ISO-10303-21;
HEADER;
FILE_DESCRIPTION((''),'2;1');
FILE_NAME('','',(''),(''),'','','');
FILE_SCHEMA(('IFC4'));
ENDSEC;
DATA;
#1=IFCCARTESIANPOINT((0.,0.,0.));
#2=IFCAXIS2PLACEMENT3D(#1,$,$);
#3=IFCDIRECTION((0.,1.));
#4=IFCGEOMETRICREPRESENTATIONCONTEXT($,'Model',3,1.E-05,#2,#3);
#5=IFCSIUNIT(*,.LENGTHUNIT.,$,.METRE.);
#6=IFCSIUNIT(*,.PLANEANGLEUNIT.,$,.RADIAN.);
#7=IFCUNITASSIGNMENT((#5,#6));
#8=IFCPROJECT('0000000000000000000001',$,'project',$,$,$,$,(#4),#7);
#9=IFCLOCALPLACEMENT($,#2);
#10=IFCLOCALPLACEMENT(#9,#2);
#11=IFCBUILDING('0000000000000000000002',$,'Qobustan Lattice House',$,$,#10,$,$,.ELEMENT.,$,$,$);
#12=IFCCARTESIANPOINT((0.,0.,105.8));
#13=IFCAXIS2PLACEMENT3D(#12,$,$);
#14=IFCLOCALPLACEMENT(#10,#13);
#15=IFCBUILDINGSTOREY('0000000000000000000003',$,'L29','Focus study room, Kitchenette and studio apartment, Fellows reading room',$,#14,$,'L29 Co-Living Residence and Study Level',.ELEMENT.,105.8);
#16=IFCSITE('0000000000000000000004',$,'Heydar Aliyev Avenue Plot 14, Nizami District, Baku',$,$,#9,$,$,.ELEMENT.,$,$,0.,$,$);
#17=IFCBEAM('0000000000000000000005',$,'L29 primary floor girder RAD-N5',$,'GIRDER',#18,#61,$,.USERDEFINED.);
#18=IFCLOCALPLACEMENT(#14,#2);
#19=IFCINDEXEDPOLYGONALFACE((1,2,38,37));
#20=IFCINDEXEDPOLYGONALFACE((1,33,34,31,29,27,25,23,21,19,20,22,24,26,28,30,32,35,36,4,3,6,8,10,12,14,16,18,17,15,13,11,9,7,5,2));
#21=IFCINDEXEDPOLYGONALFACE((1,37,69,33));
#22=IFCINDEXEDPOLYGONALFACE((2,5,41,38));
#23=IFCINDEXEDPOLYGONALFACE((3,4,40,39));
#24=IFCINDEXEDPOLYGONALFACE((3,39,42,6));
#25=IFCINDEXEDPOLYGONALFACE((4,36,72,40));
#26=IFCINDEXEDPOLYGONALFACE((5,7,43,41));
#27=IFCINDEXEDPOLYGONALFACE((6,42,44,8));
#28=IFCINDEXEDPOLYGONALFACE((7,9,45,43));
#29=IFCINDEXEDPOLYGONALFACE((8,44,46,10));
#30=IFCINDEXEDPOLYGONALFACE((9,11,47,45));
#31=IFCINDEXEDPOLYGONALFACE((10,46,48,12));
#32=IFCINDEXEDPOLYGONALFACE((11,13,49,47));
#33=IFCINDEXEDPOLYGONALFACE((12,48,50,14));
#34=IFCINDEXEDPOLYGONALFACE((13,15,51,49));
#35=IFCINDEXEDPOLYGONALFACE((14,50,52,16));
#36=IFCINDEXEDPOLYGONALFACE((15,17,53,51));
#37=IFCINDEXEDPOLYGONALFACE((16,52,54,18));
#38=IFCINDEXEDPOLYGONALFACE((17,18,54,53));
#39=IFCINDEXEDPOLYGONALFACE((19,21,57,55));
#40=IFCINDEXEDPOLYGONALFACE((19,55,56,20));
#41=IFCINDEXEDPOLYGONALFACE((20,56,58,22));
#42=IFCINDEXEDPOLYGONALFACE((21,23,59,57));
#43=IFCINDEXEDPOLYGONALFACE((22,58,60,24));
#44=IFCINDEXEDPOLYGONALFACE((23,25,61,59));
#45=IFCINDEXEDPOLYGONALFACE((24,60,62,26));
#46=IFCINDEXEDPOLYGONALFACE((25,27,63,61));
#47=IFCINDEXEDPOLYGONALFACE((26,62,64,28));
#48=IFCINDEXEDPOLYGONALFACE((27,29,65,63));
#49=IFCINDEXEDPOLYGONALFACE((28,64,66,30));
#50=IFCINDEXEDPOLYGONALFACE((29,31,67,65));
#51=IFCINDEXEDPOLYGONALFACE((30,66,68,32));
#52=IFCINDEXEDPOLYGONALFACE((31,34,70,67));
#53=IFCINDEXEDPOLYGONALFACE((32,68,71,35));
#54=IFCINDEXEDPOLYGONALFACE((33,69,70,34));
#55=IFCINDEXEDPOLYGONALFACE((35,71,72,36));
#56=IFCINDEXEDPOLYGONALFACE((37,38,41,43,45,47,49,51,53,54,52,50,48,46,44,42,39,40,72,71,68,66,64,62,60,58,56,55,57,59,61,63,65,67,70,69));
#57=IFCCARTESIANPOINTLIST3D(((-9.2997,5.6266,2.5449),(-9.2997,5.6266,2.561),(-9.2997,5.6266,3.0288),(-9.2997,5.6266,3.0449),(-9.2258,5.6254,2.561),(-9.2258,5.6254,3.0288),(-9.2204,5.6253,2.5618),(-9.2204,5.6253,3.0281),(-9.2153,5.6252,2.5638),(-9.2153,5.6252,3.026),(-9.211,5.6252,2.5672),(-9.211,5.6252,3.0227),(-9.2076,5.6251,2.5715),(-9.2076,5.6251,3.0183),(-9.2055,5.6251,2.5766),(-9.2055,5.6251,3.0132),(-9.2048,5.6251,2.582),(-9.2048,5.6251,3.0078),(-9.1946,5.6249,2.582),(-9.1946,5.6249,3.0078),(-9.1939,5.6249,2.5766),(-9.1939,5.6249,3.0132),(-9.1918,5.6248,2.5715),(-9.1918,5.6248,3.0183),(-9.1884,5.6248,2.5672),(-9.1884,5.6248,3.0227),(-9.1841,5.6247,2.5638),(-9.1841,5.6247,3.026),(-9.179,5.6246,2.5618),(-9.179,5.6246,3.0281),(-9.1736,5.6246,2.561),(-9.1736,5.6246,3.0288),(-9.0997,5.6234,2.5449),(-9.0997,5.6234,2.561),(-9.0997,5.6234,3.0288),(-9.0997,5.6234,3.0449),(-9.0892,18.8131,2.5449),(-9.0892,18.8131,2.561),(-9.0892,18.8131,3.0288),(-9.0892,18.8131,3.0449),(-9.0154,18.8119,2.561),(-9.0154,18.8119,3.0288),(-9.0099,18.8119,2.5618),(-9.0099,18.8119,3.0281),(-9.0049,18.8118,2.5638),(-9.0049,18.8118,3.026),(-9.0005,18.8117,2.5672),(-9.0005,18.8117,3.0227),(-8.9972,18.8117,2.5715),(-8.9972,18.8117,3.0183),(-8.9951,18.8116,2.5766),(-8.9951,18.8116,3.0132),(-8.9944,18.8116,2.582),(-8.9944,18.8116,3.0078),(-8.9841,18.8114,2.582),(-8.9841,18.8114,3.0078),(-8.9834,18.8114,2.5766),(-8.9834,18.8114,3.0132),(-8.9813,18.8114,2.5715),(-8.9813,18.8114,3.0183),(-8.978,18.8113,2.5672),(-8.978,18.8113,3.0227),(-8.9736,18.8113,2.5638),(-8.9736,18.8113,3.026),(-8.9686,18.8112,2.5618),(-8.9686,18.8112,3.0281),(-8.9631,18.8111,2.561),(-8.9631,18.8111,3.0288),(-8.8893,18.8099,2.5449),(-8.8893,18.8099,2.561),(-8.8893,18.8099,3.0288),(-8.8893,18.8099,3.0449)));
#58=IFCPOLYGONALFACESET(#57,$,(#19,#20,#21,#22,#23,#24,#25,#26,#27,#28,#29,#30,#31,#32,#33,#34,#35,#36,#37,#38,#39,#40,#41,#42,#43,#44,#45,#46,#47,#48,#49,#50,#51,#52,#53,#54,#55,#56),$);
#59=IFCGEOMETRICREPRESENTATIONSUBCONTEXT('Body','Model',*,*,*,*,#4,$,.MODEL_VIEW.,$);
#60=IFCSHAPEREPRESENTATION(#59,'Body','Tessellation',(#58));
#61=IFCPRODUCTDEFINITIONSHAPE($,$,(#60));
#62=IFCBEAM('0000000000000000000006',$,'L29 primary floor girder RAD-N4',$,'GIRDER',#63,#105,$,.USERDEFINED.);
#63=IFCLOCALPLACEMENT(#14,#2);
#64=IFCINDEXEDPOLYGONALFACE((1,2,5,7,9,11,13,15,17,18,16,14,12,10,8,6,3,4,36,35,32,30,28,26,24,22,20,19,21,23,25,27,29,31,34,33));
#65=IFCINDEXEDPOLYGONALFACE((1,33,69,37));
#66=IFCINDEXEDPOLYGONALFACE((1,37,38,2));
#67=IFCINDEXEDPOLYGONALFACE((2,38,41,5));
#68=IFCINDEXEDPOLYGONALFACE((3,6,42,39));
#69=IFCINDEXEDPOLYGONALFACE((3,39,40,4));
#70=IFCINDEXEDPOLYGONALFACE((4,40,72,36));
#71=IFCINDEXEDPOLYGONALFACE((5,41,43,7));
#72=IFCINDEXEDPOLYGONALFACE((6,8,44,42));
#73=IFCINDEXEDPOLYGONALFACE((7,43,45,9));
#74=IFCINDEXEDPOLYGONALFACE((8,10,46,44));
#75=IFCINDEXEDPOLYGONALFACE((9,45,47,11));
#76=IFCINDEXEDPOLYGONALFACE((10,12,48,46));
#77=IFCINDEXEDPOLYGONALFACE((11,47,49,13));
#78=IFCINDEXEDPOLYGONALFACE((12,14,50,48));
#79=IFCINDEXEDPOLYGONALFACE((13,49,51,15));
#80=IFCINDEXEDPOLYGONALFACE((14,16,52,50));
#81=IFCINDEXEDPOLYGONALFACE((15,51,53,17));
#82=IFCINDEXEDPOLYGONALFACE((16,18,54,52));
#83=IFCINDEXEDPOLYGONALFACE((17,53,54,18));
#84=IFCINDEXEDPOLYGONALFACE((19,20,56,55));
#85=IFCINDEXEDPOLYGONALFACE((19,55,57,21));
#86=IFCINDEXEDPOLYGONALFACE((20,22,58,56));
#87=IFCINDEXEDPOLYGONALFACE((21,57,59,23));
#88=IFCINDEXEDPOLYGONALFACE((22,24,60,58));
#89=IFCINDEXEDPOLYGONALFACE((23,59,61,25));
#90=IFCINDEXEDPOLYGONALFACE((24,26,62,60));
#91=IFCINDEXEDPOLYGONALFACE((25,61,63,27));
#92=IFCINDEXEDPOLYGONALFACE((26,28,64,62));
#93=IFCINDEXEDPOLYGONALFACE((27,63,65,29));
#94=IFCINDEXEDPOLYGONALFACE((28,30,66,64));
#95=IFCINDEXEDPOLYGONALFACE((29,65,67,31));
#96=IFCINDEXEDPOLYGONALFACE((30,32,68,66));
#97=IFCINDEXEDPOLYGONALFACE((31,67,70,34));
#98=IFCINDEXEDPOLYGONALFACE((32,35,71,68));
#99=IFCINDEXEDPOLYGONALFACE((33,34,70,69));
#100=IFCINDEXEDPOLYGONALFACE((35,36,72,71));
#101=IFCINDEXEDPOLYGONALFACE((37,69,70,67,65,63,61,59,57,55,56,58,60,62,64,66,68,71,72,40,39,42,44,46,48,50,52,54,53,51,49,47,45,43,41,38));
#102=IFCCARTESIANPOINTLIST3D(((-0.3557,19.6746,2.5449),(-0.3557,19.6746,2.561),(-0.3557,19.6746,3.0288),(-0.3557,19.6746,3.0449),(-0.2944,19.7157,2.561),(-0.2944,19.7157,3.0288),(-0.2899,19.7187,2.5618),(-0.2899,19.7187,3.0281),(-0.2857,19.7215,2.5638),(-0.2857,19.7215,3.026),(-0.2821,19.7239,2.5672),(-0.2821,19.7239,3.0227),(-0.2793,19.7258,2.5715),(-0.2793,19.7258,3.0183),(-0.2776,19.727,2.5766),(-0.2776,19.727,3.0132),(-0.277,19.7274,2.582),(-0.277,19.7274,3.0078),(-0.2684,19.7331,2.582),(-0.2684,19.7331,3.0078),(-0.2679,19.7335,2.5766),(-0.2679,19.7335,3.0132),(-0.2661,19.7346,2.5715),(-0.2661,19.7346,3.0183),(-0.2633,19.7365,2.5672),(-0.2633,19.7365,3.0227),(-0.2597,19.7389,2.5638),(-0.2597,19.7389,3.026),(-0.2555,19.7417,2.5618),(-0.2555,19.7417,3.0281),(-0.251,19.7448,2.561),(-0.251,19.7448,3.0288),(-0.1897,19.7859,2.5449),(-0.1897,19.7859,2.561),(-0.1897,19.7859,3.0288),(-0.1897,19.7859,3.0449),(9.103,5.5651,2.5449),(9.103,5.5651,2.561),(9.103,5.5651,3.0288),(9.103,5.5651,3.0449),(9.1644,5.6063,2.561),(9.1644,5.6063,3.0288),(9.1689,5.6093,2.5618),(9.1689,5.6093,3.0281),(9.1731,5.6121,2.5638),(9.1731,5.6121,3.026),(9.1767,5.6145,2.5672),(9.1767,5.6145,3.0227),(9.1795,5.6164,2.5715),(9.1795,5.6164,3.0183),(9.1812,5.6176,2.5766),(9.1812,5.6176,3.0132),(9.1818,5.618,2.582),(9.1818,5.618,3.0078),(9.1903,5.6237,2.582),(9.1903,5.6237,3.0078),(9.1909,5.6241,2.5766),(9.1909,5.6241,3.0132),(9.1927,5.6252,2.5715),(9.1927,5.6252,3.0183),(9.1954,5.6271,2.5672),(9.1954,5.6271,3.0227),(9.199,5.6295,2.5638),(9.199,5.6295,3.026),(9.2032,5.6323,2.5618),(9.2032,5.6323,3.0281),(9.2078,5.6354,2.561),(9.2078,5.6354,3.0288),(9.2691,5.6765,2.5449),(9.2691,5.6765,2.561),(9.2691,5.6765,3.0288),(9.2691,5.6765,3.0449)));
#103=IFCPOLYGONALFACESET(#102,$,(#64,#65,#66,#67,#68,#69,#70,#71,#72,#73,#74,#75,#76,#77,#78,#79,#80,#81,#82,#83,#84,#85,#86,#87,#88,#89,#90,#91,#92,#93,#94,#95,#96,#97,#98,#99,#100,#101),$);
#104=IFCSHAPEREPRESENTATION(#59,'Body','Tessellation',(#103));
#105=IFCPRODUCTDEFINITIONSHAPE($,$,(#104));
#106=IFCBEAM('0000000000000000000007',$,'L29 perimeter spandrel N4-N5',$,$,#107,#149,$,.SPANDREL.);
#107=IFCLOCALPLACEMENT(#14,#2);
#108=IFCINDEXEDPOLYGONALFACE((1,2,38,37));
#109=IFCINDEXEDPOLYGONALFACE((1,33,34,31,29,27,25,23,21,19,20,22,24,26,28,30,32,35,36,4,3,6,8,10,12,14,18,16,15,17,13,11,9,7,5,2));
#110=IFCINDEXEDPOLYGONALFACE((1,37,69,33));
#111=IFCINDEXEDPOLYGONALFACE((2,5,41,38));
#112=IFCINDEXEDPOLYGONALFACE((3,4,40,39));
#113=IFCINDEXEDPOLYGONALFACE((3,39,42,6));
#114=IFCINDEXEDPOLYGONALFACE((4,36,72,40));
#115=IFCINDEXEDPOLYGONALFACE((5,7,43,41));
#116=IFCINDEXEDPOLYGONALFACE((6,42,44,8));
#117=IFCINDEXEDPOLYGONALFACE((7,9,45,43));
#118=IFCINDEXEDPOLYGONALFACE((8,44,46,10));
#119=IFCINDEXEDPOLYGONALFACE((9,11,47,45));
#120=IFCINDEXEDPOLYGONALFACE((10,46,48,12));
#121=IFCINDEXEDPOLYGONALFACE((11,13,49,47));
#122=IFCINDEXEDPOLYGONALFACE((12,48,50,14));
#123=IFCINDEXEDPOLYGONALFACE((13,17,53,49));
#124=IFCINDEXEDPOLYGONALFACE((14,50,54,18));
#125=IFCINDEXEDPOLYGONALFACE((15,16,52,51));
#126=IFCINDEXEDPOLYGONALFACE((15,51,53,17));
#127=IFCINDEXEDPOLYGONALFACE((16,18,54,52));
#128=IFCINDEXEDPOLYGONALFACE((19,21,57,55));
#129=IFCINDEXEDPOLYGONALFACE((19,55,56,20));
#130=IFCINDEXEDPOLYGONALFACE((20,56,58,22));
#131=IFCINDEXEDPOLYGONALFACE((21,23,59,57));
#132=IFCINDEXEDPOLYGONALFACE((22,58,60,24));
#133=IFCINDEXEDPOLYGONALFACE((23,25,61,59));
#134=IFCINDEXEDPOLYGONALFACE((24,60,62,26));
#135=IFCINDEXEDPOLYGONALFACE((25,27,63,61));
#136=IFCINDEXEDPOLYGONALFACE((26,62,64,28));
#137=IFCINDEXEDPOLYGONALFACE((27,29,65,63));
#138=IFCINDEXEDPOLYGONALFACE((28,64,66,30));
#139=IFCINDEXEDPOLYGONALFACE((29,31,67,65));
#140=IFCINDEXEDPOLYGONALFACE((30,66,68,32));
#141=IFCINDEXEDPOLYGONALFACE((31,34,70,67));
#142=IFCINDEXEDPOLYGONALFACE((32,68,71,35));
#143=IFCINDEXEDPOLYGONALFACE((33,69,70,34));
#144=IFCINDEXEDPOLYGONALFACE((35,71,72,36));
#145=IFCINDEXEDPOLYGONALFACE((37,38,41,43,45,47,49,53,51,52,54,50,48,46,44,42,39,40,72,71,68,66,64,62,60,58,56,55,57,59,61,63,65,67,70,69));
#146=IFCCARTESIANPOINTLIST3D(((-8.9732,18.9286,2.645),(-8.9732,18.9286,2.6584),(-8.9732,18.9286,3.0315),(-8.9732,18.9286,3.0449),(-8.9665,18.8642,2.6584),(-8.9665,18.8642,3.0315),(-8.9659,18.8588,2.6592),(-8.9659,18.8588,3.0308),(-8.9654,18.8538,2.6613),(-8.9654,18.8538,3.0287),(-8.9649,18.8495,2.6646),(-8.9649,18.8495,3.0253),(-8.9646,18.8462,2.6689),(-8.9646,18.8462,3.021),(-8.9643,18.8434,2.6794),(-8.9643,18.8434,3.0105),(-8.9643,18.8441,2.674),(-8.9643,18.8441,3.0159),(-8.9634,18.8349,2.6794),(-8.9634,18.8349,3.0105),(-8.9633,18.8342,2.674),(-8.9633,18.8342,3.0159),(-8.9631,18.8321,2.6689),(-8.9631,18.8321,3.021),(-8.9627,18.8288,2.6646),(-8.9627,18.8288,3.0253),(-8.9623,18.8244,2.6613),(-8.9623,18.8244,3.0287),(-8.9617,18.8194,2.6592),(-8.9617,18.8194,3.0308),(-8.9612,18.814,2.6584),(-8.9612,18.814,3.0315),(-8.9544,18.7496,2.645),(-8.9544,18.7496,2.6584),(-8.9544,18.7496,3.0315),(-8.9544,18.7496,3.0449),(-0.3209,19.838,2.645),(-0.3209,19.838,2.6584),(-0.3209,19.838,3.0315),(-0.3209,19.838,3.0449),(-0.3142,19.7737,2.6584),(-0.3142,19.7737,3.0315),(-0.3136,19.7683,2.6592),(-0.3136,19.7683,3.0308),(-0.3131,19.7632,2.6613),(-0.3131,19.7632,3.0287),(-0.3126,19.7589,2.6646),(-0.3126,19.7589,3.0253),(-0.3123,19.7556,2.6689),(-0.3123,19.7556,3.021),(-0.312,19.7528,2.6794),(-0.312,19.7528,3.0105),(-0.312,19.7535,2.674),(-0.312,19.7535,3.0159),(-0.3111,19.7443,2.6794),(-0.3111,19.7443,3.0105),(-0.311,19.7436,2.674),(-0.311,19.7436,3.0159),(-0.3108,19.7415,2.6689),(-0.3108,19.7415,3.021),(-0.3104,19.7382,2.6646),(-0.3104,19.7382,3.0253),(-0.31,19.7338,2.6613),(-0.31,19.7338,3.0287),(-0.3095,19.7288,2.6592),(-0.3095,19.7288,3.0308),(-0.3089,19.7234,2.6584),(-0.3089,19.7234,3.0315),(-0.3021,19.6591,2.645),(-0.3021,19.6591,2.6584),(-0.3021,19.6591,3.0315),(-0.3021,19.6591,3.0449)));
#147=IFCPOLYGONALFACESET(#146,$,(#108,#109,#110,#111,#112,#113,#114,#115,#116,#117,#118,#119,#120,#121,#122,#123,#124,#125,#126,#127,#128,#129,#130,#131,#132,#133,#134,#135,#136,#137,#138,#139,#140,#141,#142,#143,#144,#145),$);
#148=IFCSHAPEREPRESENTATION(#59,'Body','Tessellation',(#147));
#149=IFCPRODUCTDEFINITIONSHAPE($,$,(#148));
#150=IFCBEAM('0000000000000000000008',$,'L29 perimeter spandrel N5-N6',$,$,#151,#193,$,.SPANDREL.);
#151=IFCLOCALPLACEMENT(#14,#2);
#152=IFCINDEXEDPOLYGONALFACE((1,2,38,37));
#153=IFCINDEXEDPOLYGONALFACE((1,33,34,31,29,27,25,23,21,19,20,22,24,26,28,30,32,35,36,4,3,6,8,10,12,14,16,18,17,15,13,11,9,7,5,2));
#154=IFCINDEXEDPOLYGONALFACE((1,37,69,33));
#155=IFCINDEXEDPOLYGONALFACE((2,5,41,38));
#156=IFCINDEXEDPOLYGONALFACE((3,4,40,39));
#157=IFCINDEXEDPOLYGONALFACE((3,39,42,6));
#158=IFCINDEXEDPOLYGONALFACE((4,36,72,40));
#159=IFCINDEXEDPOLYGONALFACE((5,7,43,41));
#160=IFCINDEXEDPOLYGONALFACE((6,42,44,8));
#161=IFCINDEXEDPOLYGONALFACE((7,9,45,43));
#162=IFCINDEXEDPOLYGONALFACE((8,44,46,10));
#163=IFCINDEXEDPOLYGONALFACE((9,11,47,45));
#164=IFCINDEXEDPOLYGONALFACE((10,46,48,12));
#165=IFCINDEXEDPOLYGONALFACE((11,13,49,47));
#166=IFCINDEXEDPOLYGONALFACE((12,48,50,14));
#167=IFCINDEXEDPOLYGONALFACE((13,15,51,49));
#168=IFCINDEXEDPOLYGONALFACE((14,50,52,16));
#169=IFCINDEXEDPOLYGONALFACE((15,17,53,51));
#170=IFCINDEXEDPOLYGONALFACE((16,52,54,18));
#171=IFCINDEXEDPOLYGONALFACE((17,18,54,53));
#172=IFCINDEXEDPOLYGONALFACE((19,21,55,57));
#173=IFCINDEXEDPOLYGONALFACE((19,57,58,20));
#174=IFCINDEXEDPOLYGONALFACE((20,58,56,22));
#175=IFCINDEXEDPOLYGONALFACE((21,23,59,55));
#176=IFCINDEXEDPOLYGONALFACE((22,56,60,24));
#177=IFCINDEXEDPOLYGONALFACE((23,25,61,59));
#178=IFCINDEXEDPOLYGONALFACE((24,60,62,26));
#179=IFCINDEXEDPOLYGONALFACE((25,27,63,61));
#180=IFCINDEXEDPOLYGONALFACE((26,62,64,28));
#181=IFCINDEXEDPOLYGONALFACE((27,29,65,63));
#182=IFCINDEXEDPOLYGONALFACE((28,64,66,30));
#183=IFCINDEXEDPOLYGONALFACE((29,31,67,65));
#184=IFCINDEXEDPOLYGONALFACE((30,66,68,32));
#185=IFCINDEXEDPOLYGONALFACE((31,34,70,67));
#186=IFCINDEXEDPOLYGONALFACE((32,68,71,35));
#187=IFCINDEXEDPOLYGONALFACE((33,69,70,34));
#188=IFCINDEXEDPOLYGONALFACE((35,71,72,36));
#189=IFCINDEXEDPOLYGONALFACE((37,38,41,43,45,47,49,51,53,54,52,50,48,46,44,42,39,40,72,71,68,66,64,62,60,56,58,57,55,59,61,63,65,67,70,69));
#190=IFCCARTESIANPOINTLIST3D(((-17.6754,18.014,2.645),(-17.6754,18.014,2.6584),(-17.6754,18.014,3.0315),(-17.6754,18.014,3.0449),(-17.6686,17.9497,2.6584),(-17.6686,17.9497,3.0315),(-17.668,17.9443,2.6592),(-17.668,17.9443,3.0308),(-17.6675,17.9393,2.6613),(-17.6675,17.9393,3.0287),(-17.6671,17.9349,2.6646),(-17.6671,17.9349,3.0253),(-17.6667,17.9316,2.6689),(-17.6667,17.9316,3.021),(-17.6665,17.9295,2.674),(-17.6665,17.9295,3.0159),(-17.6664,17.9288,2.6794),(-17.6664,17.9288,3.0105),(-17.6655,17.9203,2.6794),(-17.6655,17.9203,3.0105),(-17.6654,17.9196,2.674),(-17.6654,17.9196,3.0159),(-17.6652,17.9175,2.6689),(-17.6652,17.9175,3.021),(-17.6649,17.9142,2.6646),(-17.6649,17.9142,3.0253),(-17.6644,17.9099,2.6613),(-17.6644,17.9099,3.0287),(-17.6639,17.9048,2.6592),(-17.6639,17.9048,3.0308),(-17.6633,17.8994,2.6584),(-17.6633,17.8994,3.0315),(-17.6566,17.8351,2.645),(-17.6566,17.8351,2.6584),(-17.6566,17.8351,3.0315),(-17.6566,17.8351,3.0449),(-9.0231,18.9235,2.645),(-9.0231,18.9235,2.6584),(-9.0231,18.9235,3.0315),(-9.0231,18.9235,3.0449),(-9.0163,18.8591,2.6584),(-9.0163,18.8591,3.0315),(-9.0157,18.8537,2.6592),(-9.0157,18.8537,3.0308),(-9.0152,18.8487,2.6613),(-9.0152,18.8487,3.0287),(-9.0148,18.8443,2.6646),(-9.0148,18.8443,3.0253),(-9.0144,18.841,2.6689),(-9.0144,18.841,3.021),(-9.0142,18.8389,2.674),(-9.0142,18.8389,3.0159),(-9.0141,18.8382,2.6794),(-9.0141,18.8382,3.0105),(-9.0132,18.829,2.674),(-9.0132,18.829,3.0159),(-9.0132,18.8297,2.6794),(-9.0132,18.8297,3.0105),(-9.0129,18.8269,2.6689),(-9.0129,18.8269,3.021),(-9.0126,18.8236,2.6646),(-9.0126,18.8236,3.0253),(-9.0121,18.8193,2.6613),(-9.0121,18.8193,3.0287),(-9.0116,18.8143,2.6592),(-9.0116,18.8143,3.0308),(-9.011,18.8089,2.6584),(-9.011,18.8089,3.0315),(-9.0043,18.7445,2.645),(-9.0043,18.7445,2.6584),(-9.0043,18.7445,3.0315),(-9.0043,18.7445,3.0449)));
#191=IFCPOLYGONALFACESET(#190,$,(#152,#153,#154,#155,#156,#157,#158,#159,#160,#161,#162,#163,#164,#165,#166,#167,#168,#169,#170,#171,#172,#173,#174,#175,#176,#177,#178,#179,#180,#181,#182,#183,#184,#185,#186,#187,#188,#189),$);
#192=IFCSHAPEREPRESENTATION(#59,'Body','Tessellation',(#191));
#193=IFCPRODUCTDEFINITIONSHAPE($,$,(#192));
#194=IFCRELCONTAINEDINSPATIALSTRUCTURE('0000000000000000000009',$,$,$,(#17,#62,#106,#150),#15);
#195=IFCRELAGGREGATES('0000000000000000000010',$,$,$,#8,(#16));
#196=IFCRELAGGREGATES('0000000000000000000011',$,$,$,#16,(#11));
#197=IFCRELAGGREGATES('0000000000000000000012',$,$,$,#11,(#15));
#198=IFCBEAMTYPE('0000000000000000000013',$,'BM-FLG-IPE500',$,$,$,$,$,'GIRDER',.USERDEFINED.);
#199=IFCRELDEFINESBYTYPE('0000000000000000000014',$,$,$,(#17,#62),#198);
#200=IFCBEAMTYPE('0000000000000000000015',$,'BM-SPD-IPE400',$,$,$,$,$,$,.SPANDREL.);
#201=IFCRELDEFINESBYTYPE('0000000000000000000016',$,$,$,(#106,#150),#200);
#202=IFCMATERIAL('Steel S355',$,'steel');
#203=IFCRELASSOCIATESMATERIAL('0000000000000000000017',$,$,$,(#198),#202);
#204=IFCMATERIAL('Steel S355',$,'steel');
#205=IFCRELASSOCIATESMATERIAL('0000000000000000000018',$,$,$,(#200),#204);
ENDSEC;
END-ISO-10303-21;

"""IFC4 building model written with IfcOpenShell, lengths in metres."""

from ifc_helpers import new_model, si_unit, direction, frame, origin, origin_2d, place, context, subcontext, project, spatial, i_section, extrude, material, material_profile, profile_set, type_object, element, save


model = new_model("IFC4")

# Units and contexts
model_context = context("Model", 3, precision=1e-05, world=origin(), true_north=direction((0.0, 1.0)))
body_context = subcontext(model_context, "Body", "Model", "MODEL_VIEW")
ifc_project = project(units=[si_unit("LENGTHUNIT", "METRE"), si_unit("PLANEANGLEUNIT", "RADIAN")], contexts=[model_context])

# Site, building, storey
site_placement = place(None, origin())
site = spatial("IfcSite", under=ifc_project, at=site_placement, Name="Heydar Aliyev Avenue Plot 14, Nizami District, Baku", CompositionType="ELEMENT", RefElevation=0.0)
building_placement = place(site_placement, origin())
building = spatial("IfcBuilding", under=site, at=building_placement, Name="Qobustan Lattice House", CompositionType="ELEMENT")
storey_placement = place(building_placement, frame((0.0, 0.0, 105.8)))
storey = spatial("IfcBuildingStorey", under=building, at=storey_placement, Name="L29", Description="Focus study room, Kitchenette and studio apartment, Fellows reading room", LongName="L29 Co-Living Residence and Study Level", CompositionType="ELEMENT", Elevation=105.8)

# Beams
ifc_material_1 = material(Name="Steel S355", Category="steel")
ifc_material_profile_1 = material_profile(ifc_material_1, i_section(OverallWidth=0.2, OverallDepth=0.5, WebThickness=0.0103, FlangeThickness=0.0161, FilletRadius=0.021, at=origin_2d()), Name="IPE500")
ifc_profile_set_1 = profile_set([ifc_material_profile_1], Name="Steel S355")
beam_type_1 = type_object("IfcBeamType", Name="BM-FLG-IPE500", ElementType="GIRDER", PredefinedType="USERDEFINED", material=ifc_profile_set_1)
beam_1_placement = place(storey_placement, frame((-8.9893, 18.8115, 2.7949), z_axis=(-0.015957, -0.999873, 0.0), x_axis=(0.999873, -0.015957, 0.0)))
element("IfcBeam", 1, at=beam_1_placement, inside=storey, type_object=beam_type_1, Name="L29 primary floor girder RAD-N5", ObjectType="GIRDER", PredefinedType="USERDEFINED", context=body_context, shape_type="SweptSolid", body=[
    extrude(i_section(OverallWidth=0.2, OverallDepth=0.5, WebThickness=0.0103, FlangeThickness=0.0161, FilletRadius=0.021, at=origin_2d()), origin(), (0.0, 0.0, 1.0), 13.1882),
])
beam_2_placement = place(storey_placement, frame((-0.2727, 19.7302, 2.7949), z_axis=(0.556838, -0.830621, 0.0), x_axis=(0.830621, 0.556838, 0.0)))
element("IfcBeam", 2, at=beam_2_placement, inside=storey, type_object=beam_type_1, Name="L29 primary floor girder RAD-N4", ObjectType="GIRDER", PredefinedType="USERDEFINED", context=body_context, shape_type="SweptSolid", body=[
    extrude(i_section(OverallWidth=0.2, OverallDepth=0.5, WebThickness=0.0103, FlangeThickness=0.0161, FilletRadius=0.021, at=origin_2d()), origin(), (0.0, 0.0, 1.0), 16.9866),
])
ifc_material_2 = material(Name="Steel S355", Category="steel")
ifc_material_profile_2 = material_profile(ifc_material_2, i_section(OverallWidth=0.1799, OverallDepth=0.3999, WebThickness=0.0085, FlangeThickness=0.0134, FilletRadius=0.021, at=origin_2d()), Name="IPE400")
ifc_profile_set_2 = profile_set([ifc_material_profile_2], Name="Steel S355")
beam_type_2 = type_object("IfcBeamType", Name="BM-SPD-IPE400", PredefinedType="SPANDREL", material=ifc_profile_set_2)
for number, where, z_axis, x_axis, name in (
    (3, (-0.3115, 19.7485, 2.845), (-0.994522, -0.104531, 0.0), (0.104531, -0.994522, 0.0), "L29 perimeter spandrel N4-N5"),
    (4, (-9.0137, 18.834, 2.845), (-0.994522, -0.104531, 0.0), (0.104531, -0.994522, 0.0), "L29 perimeter spandrel N5-N6"),
):
    element("IfcBeam", number, at=place(storey_placement, frame(where, z_axis=z_axis, x_axis=x_axis)), inside=storey, type_object=beam_type_2, Name=name, PredefinedType="SPANDREL", context=body_context, shape_type="SweptSolid", body=[
        extrude(i_section(OverallWidth=0.1799, OverallDepth=0.3999, WebThickness=0.0085, FlangeThickness=0.0134, FilletRadius=0.021, at=origin_2d()), origin(), (0.0, 0.0, 1.0), 8.7),
    ])

save(model, "model.ifc")
